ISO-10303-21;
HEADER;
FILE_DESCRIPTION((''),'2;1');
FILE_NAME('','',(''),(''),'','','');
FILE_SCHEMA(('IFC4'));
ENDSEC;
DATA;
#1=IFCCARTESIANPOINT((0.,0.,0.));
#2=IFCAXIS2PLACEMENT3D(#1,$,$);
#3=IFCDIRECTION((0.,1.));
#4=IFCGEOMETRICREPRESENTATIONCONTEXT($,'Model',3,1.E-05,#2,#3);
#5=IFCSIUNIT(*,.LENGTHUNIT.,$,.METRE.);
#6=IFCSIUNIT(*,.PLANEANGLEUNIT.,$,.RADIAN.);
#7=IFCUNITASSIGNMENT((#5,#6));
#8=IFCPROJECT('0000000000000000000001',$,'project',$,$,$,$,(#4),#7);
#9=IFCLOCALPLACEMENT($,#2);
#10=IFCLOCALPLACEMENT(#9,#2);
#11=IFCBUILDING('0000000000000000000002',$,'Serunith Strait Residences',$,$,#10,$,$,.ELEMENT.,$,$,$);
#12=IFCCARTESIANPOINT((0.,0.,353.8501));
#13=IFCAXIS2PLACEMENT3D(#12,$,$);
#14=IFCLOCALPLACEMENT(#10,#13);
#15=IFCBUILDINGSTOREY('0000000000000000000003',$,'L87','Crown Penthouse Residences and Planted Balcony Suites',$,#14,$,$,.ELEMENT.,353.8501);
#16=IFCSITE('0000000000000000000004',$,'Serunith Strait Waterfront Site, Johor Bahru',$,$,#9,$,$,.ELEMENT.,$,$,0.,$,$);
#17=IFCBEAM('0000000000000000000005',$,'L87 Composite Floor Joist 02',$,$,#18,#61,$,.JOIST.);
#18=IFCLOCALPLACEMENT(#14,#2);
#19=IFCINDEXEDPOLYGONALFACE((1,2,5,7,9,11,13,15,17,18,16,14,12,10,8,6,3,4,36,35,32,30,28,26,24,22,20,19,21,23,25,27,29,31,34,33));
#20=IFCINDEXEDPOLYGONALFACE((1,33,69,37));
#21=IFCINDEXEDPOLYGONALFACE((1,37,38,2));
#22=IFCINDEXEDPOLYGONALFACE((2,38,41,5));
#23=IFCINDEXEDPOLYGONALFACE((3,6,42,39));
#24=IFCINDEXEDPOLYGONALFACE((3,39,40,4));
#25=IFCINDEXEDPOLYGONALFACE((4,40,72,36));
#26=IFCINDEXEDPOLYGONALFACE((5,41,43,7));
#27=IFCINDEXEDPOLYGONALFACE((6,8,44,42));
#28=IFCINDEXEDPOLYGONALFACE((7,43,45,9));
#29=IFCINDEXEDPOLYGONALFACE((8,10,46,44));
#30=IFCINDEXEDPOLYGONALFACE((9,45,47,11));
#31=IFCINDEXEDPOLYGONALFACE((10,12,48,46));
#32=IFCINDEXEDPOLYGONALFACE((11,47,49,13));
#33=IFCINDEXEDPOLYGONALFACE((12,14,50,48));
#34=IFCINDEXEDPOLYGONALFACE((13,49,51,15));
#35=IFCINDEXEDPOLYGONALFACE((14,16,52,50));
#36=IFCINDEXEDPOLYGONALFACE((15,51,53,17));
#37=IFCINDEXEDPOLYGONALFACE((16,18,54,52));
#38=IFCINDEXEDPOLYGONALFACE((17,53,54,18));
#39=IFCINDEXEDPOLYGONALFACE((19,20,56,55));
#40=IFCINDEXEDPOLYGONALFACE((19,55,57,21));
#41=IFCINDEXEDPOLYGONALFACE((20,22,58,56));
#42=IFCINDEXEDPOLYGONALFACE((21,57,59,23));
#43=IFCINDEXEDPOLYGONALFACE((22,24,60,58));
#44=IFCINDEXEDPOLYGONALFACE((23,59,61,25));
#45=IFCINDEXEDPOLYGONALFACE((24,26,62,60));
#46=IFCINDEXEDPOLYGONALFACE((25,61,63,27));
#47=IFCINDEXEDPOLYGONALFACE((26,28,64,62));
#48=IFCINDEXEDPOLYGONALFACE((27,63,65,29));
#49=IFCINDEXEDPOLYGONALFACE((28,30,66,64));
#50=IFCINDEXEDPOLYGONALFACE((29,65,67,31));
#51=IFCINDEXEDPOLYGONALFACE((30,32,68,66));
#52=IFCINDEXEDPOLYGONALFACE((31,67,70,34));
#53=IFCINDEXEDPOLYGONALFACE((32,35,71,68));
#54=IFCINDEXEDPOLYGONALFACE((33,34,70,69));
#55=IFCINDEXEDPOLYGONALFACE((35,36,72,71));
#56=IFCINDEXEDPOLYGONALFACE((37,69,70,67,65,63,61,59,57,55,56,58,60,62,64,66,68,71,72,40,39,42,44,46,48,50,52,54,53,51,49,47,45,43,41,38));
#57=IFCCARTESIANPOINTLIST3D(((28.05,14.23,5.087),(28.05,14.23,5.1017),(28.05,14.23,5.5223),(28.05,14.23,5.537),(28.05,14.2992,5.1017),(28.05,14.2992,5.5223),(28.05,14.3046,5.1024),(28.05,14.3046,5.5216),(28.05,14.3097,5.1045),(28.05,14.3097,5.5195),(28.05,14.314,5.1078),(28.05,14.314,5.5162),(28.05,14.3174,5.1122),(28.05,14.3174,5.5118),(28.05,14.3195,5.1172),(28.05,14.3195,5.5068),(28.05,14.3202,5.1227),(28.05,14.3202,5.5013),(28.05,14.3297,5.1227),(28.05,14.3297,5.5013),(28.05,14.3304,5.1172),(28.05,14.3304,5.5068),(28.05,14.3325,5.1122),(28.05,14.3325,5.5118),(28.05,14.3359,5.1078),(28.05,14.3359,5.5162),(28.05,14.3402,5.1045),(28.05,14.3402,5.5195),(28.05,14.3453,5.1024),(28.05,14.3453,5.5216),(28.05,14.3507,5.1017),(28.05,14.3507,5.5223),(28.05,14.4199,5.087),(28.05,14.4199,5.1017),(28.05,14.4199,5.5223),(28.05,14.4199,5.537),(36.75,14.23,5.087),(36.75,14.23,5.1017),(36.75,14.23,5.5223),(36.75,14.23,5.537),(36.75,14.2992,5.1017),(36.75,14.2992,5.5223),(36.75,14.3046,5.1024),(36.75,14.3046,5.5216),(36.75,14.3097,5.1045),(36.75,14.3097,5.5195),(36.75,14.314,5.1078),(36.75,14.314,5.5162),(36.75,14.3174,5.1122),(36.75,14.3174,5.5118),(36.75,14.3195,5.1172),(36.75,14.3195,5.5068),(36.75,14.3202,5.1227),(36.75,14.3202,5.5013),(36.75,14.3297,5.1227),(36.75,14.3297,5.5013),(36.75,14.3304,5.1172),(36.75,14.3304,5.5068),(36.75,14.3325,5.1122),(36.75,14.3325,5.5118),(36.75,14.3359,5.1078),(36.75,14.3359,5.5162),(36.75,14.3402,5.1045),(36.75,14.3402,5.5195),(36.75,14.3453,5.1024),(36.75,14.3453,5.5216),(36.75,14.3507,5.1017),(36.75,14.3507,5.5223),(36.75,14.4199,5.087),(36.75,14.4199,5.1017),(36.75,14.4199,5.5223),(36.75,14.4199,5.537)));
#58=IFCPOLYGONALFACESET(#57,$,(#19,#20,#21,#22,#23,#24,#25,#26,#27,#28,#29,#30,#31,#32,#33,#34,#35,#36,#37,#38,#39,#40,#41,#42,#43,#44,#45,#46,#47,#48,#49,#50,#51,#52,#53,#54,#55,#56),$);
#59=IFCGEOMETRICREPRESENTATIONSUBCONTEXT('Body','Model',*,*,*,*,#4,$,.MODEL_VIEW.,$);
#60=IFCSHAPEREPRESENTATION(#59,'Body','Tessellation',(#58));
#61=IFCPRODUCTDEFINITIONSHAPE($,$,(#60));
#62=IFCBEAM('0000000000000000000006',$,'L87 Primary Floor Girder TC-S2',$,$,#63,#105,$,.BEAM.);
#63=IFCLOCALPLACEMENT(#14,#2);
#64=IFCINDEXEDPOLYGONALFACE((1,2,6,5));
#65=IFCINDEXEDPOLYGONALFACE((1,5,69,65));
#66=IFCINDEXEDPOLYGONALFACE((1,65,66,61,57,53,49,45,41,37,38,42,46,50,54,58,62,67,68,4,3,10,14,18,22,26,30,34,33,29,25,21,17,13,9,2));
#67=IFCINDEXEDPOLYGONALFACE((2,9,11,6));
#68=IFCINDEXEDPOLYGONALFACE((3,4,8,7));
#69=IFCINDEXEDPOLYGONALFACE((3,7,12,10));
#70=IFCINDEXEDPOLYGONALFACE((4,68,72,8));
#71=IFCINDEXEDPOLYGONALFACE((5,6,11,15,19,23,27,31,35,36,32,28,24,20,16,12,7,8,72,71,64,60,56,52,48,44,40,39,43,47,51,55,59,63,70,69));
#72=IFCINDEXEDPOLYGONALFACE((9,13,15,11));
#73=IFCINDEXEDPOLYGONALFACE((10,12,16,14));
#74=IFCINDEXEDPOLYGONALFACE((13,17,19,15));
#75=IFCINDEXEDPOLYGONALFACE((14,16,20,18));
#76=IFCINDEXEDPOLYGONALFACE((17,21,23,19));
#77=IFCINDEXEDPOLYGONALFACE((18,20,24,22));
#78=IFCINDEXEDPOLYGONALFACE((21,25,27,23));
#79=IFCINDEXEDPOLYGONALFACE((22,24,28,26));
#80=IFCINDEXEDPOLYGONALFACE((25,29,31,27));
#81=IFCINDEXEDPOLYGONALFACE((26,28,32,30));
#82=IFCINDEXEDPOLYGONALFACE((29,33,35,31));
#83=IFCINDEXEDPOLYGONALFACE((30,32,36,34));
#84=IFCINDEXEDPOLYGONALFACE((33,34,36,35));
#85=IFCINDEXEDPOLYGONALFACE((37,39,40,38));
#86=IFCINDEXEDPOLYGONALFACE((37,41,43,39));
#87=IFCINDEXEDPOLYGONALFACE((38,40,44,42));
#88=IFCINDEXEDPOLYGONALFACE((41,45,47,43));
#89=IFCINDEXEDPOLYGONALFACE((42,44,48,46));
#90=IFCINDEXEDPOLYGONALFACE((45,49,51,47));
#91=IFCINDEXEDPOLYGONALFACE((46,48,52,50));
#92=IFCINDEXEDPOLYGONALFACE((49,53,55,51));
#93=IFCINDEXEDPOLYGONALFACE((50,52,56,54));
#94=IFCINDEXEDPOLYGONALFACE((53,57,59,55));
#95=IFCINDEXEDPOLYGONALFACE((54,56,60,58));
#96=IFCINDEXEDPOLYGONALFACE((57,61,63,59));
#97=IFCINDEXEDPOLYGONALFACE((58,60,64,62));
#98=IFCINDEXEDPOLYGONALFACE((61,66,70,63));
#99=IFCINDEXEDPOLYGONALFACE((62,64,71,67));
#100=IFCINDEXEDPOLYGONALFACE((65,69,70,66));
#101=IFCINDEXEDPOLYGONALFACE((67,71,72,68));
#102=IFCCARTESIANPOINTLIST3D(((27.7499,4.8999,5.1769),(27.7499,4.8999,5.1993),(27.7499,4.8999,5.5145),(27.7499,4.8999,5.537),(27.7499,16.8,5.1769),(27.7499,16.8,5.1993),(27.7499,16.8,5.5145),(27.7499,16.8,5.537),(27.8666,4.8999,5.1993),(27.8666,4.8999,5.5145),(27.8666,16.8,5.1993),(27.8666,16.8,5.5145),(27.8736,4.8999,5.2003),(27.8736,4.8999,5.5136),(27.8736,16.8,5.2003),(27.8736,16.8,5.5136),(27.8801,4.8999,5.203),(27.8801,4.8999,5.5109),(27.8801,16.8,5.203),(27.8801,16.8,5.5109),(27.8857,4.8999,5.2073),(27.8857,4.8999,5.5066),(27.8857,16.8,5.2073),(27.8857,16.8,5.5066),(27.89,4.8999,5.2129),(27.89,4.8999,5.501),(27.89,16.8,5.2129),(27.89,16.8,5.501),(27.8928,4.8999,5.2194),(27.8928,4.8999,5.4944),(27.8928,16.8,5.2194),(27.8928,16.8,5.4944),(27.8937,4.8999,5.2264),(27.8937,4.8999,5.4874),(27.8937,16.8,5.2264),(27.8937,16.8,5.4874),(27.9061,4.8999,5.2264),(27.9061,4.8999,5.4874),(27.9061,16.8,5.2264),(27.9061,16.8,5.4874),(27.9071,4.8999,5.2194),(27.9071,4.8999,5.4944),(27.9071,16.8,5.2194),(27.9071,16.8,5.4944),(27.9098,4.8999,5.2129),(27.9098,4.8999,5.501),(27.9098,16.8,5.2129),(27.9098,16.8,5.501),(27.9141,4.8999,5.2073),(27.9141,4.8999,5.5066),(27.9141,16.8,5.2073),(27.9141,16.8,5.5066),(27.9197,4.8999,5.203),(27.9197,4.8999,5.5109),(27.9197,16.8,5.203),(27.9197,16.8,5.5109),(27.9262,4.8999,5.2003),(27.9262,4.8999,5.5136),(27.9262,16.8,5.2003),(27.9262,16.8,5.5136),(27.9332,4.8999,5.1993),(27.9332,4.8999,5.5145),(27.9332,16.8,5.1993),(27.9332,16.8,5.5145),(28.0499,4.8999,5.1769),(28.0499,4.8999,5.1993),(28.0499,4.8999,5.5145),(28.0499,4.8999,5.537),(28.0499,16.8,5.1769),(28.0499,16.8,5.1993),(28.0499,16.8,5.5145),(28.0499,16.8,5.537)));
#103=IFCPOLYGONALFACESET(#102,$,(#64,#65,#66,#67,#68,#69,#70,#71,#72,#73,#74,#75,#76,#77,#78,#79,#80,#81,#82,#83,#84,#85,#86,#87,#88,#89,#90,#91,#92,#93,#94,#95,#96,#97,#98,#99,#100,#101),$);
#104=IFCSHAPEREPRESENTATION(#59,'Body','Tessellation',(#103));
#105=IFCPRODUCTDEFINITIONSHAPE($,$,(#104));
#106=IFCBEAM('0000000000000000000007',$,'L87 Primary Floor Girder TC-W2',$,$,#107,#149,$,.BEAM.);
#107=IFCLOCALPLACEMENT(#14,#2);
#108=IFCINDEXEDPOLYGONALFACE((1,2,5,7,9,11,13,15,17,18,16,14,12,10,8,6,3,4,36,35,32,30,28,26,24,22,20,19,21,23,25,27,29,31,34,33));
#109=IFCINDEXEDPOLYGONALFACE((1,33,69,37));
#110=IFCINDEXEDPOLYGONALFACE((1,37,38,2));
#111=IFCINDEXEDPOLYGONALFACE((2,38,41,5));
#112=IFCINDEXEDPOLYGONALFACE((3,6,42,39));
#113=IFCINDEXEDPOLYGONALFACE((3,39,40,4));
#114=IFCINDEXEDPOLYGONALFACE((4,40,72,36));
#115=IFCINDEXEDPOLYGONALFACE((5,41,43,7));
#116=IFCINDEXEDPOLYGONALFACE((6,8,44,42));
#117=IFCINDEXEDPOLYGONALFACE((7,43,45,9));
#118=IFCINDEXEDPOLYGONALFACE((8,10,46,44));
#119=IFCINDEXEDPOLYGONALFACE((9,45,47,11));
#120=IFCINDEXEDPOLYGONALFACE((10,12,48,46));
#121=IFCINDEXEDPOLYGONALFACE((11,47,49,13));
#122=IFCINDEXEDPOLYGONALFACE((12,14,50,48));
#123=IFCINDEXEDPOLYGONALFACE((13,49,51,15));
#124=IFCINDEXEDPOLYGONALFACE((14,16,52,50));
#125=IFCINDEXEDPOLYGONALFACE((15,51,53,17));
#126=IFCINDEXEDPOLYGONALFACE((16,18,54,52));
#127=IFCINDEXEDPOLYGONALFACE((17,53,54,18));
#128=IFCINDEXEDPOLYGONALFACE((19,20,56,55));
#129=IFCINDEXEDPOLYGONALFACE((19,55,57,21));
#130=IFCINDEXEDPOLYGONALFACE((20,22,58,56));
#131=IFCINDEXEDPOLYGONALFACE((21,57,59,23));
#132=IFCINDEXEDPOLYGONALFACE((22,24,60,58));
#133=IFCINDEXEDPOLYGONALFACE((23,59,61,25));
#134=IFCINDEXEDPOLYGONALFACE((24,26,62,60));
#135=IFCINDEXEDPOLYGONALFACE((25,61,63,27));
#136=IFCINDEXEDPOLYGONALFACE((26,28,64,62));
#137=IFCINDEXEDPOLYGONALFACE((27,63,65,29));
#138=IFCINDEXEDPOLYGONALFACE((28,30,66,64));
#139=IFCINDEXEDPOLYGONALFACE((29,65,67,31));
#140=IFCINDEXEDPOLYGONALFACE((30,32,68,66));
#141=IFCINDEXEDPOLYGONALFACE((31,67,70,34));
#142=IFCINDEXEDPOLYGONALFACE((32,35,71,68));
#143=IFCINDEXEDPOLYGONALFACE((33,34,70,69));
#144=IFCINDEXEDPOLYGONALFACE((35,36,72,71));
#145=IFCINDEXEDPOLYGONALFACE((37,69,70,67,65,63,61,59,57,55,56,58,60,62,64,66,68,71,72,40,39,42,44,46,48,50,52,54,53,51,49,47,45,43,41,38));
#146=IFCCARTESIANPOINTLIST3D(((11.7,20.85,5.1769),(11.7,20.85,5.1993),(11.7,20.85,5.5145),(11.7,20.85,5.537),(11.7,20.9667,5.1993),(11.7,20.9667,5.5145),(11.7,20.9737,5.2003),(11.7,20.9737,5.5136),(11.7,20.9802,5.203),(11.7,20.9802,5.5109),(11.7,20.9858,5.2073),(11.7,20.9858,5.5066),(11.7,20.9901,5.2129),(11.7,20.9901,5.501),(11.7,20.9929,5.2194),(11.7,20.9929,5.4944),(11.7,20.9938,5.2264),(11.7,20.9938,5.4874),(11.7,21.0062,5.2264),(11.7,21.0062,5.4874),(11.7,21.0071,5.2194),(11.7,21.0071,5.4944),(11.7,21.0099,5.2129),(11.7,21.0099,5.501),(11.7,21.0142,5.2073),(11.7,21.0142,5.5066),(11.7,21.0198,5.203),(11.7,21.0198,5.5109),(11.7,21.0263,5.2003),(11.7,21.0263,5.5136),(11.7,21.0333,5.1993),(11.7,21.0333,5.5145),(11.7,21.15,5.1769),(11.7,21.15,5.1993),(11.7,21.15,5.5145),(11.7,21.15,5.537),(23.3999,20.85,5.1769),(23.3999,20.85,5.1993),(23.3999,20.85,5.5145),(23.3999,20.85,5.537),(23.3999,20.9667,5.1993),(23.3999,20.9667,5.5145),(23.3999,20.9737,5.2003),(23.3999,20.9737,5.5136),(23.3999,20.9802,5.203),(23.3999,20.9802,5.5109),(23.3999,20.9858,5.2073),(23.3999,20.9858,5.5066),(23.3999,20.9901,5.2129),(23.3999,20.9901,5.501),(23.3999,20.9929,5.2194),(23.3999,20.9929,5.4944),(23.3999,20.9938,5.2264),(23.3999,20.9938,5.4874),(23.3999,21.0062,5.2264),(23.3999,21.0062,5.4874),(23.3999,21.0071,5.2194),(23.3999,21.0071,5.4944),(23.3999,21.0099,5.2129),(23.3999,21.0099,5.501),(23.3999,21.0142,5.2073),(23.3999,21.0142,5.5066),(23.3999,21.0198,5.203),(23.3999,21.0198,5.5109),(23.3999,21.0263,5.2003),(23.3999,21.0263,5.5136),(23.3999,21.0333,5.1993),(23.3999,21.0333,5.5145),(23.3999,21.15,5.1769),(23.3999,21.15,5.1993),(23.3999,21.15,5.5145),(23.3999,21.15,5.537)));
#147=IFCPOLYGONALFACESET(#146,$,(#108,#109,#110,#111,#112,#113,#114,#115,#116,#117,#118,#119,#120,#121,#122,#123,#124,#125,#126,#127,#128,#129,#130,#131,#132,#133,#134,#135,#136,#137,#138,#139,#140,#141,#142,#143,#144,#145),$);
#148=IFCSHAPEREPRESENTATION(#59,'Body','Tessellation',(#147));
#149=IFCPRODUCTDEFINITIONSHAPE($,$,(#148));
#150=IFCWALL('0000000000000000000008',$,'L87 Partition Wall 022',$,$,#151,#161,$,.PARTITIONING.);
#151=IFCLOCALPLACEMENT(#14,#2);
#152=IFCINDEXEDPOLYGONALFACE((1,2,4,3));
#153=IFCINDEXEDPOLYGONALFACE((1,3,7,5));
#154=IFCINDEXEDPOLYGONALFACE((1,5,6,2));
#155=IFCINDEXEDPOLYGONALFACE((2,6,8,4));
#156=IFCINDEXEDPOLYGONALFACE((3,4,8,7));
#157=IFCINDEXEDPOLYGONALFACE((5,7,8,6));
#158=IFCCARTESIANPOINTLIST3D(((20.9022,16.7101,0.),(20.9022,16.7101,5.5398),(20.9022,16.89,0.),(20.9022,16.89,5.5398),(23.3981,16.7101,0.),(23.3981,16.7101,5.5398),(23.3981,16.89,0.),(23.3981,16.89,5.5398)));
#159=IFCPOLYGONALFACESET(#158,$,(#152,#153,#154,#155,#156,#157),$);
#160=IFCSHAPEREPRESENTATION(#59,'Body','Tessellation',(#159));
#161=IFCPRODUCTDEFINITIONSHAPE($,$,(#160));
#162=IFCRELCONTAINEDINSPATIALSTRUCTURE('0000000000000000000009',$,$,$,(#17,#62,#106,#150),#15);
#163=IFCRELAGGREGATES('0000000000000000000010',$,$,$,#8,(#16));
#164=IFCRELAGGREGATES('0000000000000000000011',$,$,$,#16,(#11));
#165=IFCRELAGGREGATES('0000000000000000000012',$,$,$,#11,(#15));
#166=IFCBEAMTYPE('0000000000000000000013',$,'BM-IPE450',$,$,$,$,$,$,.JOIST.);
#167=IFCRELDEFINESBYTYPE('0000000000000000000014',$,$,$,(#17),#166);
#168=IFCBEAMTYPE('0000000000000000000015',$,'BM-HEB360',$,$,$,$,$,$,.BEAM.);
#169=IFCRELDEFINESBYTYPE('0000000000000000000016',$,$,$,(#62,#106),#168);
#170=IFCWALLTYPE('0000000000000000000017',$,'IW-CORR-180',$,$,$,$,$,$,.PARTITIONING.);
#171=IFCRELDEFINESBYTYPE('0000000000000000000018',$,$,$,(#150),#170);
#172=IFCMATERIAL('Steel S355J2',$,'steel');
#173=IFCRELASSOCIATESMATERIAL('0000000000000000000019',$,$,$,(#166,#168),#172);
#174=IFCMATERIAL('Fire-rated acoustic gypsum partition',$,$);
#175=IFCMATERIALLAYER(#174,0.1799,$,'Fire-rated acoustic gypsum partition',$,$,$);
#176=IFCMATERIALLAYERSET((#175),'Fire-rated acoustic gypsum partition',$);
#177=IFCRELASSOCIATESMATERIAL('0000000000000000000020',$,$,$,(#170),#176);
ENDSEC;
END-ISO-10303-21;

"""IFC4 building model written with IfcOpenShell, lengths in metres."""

from ifc_helpers import new_model, si_unit, direction, frame, frame_2d, origin, origin_2d, place, context, subcontext, project, spatial, rectangle, i_section, extrude, source, transform, mapped, material, layer, layer_set, material_profile, profile_set, type_object, element, save


model = new_model("IFC4")

# Units and contexts
model_context = context("Model", 3, precision=1e-05, world=origin(), true_north=direction((0.0, 1.0)))
body_context = subcontext(model_context, "Body", "Model", "MODEL_VIEW")
ifc_project = project(units=[si_unit("LENGTHUNIT", "METRE"), si_unit("PLANEANGLEUNIT", "RADIAN")], contexts=[model_context])

# Site, building, storey
site_placement = place(None, origin())
site = spatial("IfcSite", under=ifc_project, at=site_placement, Name="Serunith Strait Waterfront Site, Johor Bahru", CompositionType="ELEMENT", RefElevation=0.0)
building_placement = place(site_placement, origin())
building = spatial("IfcBuilding", under=site, at=building_placement, Name="Serunith Strait Residences", CompositionType="ELEMENT")
storey_placement = place(building_placement, frame((0.0, 0.0, 353.8501)))
storey = spatial("IfcBuildingStorey", under=building, at=storey_placement, Name="L87", Description="Crown Penthouse Residences and Planted Balcony Suites", CompositionType="ELEMENT", Elevation=353.8501)

# Beams
ifc_material_1 = material(Name="Steel S355J2", Category="steel")
ifc_material_profile_1 = material_profile(ifc_material_1, i_section(OverallWidth=0.1899, OverallDepth=0.45, WebThickness=0.0095, FlangeThickness=0.0146, FilletRadius=0.021, at=origin_2d()), Name="IPE 450")
ifc_profile_set_1 = profile_set([ifc_material_profile_1], Name="Steel S355J2")
beam_type_1 = type_object("IfcBeamType", Name="BM-IPE450", PredefinedType="JOIST", material=ifc_profile_set_1)
shared_shape_1 = source(origin(), body_context, "Body", "SweptSolid", [
    extrude(i_section(OverallWidth=0.1899, OverallDepth=0.45, WebThickness=0.0095, FlangeThickness=0.0146, FilletRadius=0.021, at=origin_2d()), origin(), (0.0, 0.0, 1.0), 8.7),
])
beam_1_placement = place(storey_placement, frame((28.05, 14.325, 5.312), z_axis=(1.0, 0.0, 0.0), x_axis=(0.0, 1.0, 0.0)))
element("IfcBeam", 1, at=beam_1_placement, inside=storey, type_object=beam_type_1, Name="L87 Composite Floor Joist 02", PredefinedType="JOIST", context=body_context, shape_type="MappedRepresentation", body=[
    mapped(shared_shape_1, transform((0.0, 0.0, 0.0), scale=1.0)),
])
ifc_material_profile_2 = material_profile(ifc_material_1, i_section(OverallWidth=0.3, OverallDepth=0.3601, WebThickness=0.0125, FlangeThickness=0.0225, FilletRadius=0.0271, at=origin_2d()), Name="HEB 360")
ifc_profile_set_2 = profile_set([ifc_material_profile_2], Name="Steel S355J2")
beam_type_2 = type_object("IfcBeamType", Name="BM-HEB360", PredefinedType="BEAM", material=ifc_profile_set_2)
shared_shape_2 = source(origin(), body_context, "Body", "SweptSolid", [
    extrude(i_section(OverallWidth=0.3, OverallDepth=0.3601, WebThickness=0.0125, FlangeThickness=0.0225, FilletRadius=0.0271, at=origin_2d()), origin(), (0.0, 0.0, 1.0), 11.9001),
])
beam_2_placement = place(storey_placement, frame((27.8999, 16.8, 5.3569), z_axis=(0.0, -1.0, 0.0), x_axis=(1.0, 0.0, 0.0)))
element("IfcBeam", 2, at=beam_2_placement, inside=storey, type_object=beam_type_2, Name="L87 Primary Floor Girder TC-S2", PredefinedType="BEAM", context=body_context, shape_type="MappedRepresentation", body=[
    mapped(shared_shape_2, transform((0.0, 0.0, 0.0), scale=1.0)),
])
shared_shape_3 = source(origin(), body_context, "Body", "SweptSolid", [
    extrude(i_section(OverallWidth=0.3, OverallDepth=0.3601, WebThickness=0.0125, FlangeThickness=0.0225, FilletRadius=0.0271, at=origin_2d()), origin(), (0.0, 0.0, 1.0), 11.7),
])
beam_3_placement = place(storey_placement, frame((23.3999, 21.0, 5.3569), z_axis=(-1.0, 0.0, 0.0), x_axis=(0.0, -1.0, 0.0)))
element("IfcBeam", 3, at=beam_3_placement, inside=storey, type_object=beam_type_2, Name="L87 Primary Floor Girder TC-W2", PredefinedType="BEAM", context=body_context, shape_type="MappedRepresentation", body=[
    mapped(shared_shape_3, transform((0.0, 0.0, 0.0), scale=1.0)),
])

# Wall
ifc_material_2 = material(Name="Fire-rated acoustic gypsum partition")
ifc_layer_1 = layer(ifc_material_2, 0.1799, Name="Fire-rated acoustic gypsum partition")
ifc_layer_set_1 = layer_set([ifc_layer_1], Name="Fire-rated acoustic gypsum partition")
wall_type_1 = type_object("IfcWallType", Name="IW-CORR-180", PredefinedType="PARTITIONING", material=ifc_layer_set_1)
wall_1_placement = place(storey_placement, frame((20.9021, 16.8, 0.0), z_axis=(0.0, 0.0, 1.0), x_axis=(1.0, 0.0, 0.0)))
element("IfcWall", 4, at=wall_1_placement, inside=storey, type_object=wall_type_1, Name="L87 Partition Wall 022", PredefinedType="PARTITIONING", context=body_context, shape_type="SweptSolid", body=[
    extrude(rectangle(XDim=2.4958, YDim=0.1799, at=frame_2d((1.248, 0.0))), origin(), (0.0, 0.0, 1.0), 5.5398),
])

save(model, "model.ifc")
